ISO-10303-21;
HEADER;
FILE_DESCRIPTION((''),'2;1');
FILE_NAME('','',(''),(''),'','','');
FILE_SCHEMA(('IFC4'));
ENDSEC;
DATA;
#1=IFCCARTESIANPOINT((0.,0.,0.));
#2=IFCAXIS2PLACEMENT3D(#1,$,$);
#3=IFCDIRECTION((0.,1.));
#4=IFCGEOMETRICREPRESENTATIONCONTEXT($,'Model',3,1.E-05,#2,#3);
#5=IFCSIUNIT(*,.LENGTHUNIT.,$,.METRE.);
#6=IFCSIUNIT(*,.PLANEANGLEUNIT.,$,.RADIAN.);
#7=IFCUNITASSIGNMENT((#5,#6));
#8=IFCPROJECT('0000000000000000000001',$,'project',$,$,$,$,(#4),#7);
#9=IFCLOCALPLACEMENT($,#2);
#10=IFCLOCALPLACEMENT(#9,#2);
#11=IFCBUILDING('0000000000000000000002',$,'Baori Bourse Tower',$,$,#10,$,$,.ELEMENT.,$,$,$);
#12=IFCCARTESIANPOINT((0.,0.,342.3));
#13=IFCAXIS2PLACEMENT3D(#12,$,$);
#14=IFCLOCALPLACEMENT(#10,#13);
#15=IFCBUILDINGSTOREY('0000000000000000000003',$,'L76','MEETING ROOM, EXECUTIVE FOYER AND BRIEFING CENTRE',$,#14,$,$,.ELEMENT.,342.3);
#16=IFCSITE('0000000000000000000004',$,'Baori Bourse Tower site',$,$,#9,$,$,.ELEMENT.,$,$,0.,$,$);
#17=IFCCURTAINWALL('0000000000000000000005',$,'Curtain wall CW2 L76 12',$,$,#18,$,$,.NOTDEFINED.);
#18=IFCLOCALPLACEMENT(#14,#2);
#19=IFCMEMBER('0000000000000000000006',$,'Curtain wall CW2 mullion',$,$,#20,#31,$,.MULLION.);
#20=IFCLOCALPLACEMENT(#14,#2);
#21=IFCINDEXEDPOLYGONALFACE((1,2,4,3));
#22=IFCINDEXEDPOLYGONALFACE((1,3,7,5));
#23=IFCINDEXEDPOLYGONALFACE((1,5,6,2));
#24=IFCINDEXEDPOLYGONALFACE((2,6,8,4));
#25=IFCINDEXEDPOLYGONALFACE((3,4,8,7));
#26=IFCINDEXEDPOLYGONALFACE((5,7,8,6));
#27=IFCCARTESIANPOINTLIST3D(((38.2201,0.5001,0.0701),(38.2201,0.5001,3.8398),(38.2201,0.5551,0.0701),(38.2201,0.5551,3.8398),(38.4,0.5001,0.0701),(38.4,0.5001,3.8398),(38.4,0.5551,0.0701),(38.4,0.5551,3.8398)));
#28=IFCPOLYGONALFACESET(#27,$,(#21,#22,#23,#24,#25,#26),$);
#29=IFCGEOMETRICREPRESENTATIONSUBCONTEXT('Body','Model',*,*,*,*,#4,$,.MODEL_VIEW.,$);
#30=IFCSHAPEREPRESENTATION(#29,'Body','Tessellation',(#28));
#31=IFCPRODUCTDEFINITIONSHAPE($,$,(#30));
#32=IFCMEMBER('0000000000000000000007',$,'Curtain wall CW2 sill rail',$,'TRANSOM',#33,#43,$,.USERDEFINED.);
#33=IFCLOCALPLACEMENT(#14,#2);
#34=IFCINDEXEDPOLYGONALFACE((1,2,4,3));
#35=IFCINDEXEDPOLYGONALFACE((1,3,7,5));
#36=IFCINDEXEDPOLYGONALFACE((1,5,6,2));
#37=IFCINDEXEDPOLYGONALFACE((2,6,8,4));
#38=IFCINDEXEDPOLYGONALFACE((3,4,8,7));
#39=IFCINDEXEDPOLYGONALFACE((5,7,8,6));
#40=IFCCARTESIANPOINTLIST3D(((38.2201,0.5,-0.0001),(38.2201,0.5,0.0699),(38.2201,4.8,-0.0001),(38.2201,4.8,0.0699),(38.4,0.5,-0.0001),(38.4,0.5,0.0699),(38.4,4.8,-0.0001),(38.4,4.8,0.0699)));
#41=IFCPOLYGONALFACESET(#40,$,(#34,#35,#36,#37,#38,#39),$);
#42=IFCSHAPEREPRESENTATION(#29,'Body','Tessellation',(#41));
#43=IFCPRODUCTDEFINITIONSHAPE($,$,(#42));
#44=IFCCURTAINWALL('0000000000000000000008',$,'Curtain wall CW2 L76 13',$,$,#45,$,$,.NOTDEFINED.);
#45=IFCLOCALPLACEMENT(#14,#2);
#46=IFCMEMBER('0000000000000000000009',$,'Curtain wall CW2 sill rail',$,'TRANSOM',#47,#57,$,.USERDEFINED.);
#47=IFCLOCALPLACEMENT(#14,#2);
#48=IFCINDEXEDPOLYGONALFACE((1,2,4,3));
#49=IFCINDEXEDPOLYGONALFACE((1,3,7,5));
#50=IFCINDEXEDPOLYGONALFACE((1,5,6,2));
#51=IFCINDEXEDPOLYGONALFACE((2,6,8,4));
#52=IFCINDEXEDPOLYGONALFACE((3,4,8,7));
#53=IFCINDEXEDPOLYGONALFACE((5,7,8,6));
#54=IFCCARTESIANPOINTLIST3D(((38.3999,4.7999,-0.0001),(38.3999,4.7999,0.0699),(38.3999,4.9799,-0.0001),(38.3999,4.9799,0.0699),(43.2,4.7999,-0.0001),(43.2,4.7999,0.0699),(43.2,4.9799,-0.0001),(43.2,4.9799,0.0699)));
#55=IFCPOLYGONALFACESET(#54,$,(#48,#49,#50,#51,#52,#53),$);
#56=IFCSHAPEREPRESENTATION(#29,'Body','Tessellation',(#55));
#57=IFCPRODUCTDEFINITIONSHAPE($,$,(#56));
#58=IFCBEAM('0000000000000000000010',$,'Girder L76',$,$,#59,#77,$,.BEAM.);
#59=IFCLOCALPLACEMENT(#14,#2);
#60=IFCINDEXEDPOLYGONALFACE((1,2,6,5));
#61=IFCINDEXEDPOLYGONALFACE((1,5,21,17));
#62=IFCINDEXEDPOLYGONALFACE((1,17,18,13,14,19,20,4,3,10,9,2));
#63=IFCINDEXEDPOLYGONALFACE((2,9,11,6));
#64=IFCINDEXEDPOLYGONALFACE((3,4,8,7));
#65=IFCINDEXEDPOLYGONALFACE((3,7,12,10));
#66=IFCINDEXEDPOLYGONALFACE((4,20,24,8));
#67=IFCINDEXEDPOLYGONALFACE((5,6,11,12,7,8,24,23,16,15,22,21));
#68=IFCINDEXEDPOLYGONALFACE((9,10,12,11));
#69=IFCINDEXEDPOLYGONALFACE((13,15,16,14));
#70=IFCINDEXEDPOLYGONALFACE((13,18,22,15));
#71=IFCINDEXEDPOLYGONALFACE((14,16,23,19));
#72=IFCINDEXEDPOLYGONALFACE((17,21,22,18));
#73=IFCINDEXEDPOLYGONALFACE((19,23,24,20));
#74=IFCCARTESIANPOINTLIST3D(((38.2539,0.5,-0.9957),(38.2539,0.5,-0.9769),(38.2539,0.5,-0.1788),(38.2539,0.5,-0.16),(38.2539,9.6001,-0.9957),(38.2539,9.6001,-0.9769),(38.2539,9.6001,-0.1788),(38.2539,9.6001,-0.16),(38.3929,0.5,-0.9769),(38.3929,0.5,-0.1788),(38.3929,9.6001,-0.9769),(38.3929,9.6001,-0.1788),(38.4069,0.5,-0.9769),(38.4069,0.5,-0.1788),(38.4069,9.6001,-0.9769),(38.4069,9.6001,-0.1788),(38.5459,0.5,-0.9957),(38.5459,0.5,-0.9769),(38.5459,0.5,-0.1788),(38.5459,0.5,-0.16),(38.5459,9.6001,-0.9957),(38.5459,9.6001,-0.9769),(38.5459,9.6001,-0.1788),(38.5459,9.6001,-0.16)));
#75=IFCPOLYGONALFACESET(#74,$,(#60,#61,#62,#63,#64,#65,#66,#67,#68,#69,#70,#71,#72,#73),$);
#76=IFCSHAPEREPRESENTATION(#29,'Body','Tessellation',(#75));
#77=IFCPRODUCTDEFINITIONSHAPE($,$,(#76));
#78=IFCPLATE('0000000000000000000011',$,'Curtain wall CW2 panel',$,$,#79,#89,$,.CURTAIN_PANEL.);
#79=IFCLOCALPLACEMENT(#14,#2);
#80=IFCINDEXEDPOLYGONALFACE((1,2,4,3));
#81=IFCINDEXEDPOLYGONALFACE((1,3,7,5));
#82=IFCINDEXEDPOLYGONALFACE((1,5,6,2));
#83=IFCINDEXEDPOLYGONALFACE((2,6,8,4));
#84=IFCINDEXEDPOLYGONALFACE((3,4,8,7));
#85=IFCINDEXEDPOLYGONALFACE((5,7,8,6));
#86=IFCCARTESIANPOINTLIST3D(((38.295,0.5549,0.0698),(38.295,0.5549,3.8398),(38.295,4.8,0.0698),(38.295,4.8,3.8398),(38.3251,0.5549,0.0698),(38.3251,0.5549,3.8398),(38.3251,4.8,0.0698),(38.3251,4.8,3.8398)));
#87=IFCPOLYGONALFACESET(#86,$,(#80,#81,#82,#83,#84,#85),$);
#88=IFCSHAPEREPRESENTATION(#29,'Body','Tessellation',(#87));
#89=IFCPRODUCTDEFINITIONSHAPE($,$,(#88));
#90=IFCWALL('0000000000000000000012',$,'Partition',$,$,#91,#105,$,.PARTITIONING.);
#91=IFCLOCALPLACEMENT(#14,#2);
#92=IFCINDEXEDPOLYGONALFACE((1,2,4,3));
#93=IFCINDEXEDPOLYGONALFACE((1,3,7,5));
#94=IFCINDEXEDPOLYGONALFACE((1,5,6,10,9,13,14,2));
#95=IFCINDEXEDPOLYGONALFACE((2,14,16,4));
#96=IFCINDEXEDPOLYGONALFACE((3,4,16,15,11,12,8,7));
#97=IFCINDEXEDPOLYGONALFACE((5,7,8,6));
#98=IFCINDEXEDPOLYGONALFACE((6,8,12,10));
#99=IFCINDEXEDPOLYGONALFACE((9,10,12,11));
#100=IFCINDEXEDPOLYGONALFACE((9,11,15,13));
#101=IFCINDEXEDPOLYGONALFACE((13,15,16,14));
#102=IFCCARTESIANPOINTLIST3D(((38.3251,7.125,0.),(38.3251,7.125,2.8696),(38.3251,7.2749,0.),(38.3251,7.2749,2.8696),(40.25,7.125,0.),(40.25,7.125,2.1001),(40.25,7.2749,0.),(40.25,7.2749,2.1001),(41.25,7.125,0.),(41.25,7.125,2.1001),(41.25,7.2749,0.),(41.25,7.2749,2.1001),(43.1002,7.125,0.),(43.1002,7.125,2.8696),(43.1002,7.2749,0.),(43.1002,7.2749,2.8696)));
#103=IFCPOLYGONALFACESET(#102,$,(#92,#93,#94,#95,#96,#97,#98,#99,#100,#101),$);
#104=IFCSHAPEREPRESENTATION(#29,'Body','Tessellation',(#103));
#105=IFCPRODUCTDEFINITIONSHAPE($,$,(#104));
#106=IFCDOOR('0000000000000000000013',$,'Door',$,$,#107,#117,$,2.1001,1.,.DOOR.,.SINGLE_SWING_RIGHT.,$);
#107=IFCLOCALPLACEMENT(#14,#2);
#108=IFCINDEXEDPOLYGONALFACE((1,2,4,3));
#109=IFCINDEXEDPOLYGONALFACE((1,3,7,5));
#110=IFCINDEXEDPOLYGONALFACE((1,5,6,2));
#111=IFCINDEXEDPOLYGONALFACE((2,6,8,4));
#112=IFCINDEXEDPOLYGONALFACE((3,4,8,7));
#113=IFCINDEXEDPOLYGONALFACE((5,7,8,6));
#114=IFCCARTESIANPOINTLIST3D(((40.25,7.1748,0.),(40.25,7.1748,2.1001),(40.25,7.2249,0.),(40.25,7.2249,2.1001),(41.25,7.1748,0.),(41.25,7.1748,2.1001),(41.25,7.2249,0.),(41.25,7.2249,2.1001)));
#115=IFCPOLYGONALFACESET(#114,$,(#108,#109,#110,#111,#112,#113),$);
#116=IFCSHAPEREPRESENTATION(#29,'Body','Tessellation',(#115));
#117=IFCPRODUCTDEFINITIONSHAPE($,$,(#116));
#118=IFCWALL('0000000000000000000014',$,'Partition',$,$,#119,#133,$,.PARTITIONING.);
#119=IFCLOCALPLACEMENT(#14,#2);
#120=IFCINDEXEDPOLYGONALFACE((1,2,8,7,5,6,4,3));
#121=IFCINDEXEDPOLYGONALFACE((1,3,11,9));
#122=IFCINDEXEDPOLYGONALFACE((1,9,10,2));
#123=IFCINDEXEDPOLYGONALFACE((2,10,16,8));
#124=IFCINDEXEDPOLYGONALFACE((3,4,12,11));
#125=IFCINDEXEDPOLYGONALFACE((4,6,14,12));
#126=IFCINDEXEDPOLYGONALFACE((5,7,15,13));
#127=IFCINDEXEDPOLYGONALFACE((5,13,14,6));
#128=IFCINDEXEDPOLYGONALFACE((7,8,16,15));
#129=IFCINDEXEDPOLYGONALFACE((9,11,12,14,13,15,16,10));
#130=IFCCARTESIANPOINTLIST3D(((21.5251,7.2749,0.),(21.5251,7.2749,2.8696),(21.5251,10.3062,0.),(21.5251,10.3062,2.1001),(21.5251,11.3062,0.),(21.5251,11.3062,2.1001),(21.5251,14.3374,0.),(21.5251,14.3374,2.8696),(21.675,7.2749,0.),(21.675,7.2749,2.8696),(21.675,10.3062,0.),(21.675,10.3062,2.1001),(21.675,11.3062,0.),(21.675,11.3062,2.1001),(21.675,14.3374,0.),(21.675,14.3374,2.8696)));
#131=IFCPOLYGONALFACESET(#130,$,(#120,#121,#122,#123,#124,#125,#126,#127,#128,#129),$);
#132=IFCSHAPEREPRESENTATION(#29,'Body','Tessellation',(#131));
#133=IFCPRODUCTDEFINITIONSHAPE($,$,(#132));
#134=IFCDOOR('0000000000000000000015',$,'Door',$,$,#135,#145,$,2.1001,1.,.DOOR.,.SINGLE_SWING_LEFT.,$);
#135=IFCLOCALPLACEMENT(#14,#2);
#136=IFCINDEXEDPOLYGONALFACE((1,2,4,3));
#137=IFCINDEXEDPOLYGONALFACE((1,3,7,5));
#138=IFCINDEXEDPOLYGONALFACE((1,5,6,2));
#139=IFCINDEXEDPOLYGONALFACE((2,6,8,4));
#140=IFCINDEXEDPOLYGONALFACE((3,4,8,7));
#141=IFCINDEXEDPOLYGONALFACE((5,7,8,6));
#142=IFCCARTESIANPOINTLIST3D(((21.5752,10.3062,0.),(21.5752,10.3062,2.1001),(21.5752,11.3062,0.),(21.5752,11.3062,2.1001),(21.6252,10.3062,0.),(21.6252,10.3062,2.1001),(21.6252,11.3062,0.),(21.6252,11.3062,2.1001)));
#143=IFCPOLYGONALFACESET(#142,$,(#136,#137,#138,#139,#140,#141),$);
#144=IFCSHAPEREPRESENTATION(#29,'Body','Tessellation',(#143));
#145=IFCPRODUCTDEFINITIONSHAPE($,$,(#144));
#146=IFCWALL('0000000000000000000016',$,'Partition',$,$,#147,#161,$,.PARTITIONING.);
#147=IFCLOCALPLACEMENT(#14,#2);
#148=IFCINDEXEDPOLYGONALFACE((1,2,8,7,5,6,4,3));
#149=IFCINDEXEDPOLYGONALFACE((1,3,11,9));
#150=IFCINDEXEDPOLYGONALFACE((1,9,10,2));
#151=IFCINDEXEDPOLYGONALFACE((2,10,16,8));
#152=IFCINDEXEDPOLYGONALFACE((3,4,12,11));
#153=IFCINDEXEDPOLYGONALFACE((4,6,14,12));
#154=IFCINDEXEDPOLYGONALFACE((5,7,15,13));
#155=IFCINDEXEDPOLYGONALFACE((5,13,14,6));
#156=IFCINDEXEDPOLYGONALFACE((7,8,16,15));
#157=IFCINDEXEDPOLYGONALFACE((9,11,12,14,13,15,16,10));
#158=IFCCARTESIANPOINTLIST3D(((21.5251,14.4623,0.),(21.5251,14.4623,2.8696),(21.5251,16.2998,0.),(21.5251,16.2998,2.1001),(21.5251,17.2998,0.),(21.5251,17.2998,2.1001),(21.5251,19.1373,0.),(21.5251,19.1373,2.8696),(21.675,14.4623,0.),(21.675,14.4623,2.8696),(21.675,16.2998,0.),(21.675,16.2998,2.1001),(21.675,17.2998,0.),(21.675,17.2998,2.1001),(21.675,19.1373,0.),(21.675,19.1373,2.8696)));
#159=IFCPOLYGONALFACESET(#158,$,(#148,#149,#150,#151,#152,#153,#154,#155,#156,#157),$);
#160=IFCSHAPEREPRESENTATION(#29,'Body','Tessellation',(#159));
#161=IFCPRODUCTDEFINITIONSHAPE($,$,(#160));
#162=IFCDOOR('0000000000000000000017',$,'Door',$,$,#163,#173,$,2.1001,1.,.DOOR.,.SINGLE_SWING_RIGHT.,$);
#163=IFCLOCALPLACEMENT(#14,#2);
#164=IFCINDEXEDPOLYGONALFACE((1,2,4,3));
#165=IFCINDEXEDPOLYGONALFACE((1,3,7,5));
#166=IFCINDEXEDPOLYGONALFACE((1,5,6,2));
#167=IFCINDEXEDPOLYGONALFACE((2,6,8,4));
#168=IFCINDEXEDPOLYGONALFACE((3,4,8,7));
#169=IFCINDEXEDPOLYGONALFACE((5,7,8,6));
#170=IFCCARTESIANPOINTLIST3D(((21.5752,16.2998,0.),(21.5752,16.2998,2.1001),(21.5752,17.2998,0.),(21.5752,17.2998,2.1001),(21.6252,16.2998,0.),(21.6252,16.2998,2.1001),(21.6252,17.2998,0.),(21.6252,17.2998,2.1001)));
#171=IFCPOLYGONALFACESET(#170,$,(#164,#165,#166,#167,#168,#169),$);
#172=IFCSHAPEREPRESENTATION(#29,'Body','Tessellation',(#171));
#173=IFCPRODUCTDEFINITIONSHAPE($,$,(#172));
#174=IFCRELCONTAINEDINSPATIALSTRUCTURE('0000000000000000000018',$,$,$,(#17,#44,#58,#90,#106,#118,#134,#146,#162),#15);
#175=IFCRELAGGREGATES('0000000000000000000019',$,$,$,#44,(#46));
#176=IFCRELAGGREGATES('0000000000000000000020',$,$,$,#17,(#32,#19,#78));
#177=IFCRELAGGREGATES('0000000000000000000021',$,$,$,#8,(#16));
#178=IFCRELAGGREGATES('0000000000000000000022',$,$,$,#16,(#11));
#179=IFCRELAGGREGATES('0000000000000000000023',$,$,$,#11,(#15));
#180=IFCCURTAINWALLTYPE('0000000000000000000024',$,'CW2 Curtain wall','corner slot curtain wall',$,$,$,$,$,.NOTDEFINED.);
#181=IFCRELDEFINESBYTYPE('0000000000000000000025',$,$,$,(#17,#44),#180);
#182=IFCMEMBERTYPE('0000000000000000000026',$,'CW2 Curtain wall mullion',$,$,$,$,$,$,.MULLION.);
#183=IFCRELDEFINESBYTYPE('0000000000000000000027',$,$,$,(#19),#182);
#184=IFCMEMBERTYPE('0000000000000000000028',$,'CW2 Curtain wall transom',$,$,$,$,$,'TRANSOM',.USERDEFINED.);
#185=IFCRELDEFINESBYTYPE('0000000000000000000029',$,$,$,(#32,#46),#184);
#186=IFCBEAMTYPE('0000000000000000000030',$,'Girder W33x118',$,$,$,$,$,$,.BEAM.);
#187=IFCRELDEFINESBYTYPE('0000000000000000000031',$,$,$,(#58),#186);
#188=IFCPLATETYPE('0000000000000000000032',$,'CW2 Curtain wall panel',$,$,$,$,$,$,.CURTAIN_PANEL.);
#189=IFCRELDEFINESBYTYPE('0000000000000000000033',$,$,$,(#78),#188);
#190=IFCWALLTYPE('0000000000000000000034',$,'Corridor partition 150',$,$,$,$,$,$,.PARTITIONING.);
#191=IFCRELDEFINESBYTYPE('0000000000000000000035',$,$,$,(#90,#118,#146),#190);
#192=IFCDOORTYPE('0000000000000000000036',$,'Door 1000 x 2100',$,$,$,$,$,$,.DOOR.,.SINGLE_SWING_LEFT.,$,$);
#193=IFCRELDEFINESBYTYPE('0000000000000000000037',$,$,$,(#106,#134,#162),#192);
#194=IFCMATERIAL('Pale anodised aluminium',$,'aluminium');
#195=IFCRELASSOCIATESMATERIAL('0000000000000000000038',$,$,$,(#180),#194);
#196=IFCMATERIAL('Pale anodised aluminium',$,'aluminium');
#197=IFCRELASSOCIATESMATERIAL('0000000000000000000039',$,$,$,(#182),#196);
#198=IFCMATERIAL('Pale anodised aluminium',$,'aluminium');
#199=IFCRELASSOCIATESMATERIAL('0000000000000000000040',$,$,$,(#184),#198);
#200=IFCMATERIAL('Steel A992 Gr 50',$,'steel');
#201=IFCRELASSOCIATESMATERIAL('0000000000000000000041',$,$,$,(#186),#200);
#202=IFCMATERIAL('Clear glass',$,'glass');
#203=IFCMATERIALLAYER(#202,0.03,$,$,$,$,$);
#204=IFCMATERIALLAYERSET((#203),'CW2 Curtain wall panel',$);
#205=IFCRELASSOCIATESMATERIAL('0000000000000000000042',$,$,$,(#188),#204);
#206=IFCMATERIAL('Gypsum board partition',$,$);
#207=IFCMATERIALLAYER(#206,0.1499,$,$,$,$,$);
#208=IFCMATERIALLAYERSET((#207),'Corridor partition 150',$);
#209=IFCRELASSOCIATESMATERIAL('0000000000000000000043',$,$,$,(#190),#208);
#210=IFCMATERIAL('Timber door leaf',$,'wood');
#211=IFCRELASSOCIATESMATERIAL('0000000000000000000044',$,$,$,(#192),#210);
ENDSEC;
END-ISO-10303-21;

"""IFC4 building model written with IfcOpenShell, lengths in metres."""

from ifc_helpers import new_model, si_unit, direction, frame, frame_2d, origin, origin_2d, place, context, subcontext, project, spatial, rectangle, i_section, extrude, material, layer, layer_set, material_profile, profile_set, type_object, element, fill, aggregate, save


model = new_model("IFC4")

# Units and contexts
model_context = context("Model", 3, precision=1e-05, world=origin(), true_north=direction((0.0, 1.0)))
body_context = subcontext(model_context, "Body", "Model", "MODEL_VIEW")
ifc_project = project(units=[si_unit("LENGTHUNIT", "METRE"), si_unit("PLANEANGLEUNIT", "RADIAN")], contexts=[model_context])

# Site, building, storey
site_placement = place(None, origin())
site = spatial("IfcSite", under=ifc_project, at=site_placement, Name="Baori Bourse Tower site", CompositionType="ELEMENT", RefElevation=0.0)
building_placement = place(site_placement, origin())
building = spatial("IfcBuilding", under=site, at=building_placement, Name="Baori Bourse Tower", CompositionType="ELEMENT")
storey_placement = place(building_placement, frame((0.0, 0.0, 342.3)))
storey = spatial("IfcBuildingStorey", under=building, at=storey_placement, Name="L76", Description="MEETING ROOM, EXECUTIVE FOYER AND BRIEFING CENTRE", CompositionType="ELEMENT", Elevation=342.3)

# Curtain wall, members
ifc_material_1 = material(Name="Pale anodised aluminium", Category="aluminium")
curtain_wall_type = type_object("IfcCurtainWallType", Name="CW2 Curtain wall", Description="corner slot curtain wall", PredefinedType="NOTDEFINED", material=ifc_material_1)
curtain_wall_1_placement = place(storey_placement, origin())
curtain_wall_1 = element("IfcCurtainWall", 1, at=curtain_wall_1_placement, inside=storey, type_object=curtain_wall_type, Name="Curtain wall CW2 L76 12", PredefinedType="NOTDEFINED")
ifc_material_2 = material(Name="Pale anodised aluminium", Category="aluminium")
ifc_material_profile_1 = material_profile(ifc_material_2, rectangle(XDim=0.1799, YDim=0.0549, at=origin_2d()), Name="Mullion 55x180")
ifc_profile_set_1 = profile_set([ifc_material_profile_1], Name="Pale anodised aluminium")
member_type_1 = type_object("IfcMemberType", Name="CW2 Curtain wall mullion", PredefinedType="MULLION", material=ifc_profile_set_1)
member_1_placement = place(storey_placement, frame((38.3101, 0.5276, 0.0701), z_axis=(0.0, 0.0, 1.0), x_axis=(-1.0, 0.0, 0.0)))
member_1 = element("IfcMember", 2, at=member_1_placement, type_object=member_type_1, Name="Curtain wall CW2 mullion", PredefinedType="MULLION", context=body_context, shape_type="SweptSolid", body=[
    extrude(rectangle(XDim=0.1799, YDim=0.0549, at=origin_2d()), origin(), (0.0, 0.0, 1.0), 3.7698),
])
ifc_material_3 = material(Name="Pale anodised aluminium", Category="aluminium")
ifc_material_profile_2 = material_profile(ifc_material_3, rectangle(XDim=0.1799, YDim=0.0701, at=origin_2d()), Name="Transom 70x180")
ifc_profile_set_2 = profile_set([ifc_material_profile_2], Name="Pale anodised aluminium")
member_type_2 = type_object("IfcMemberType", Name="CW2 Curtain wall transom", ElementType="TRANSOM", PredefinedType="USERDEFINED", material=ifc_profile_set_2)
member_2_placement = place(storey_placement, frame((38.3101, 0.5, 0.0349), z_axis=(0.0, 1.0, 0.0), x_axis=(-1.0, 0.0, 0.0)))
member_2 = element("IfcMember", 3, at=member_2_placement, type_object=member_type_2, Name="Curtain wall CW2 sill rail", ObjectType="TRANSOM", PredefinedType="USERDEFINED", context=body_context, shape_type="SweptSolid", body=[
    extrude(rectangle(XDim=0.1799, YDim=0.0701, at=origin_2d()), origin(), (0.0, 0.0, 1.0), 4.3),
])

# Curtain wall, member
curtain_wall_2_placement = place(storey_placement, origin())
curtain_wall_2 = element("IfcCurtainWall", 4, at=curtain_wall_2_placement, inside=storey, type_object=curtain_wall_type, Name="Curtain wall CW2 L76 13", PredefinedType="NOTDEFINED")
member_3_placement = place(storey_placement, frame((38.3999, 4.8899, 0.0349), z_axis=(1.0, 0.0, 0.0), x_axis=(0.0, 1.0, 0.0)))
member_3 = element("IfcMember", 5, at=member_3_placement, type_object=member_type_2, Name="Curtain wall CW2 sill rail", ObjectType="TRANSOM", PredefinedType="USERDEFINED", context=body_context, shape_type="SweptSolid", body=[
    extrude(rectangle(XDim=0.1799, YDim=0.0701, at=origin_2d()), origin(), (0.0, 0.0, 1.0), 4.8),
])
aggregate(curtain_wall_2, [member_3])

# Beam
ifc_material_4 = material(Name="Steel A992 Gr 50", Category="steel")
ifc_material_profile_3 = material_profile(ifc_material_4, i_section(OverallWidth=0.292, OverallDepth=0.8357, WebThickness=0.0139, FlangeThickness=0.0188, at=origin_2d()), Name="W33x118")
ifc_profile_set_3 = profile_set([ifc_material_profile_3], Name="Steel A992 Gr 50")
beam_type = type_object("IfcBeamType", Name="Girder W33x118", PredefinedType="BEAM", material=ifc_profile_set_3)
beam_placement = place(storey_placement, frame((38.3999, 0.5, -0.5779), z_axis=(0.0, 1.0, 0.0), x_axis=(-1.0, 0.0, 0.0)))
element("IfcBeam", 6, at=beam_placement, inside=storey, type_object=beam_type, Name="Girder L76", PredefinedType="BEAM", context=body_context, shape_type="SweptSolid", body=[
    extrude(i_section(OverallWidth=0.292, OverallDepth=0.8357, WebThickness=0.0139, FlangeThickness=0.0188, at=origin_2d()), origin(), (0.0, 0.0, 1.0), 9.1001),
])

# Plate
ifc_material_5 = material(Name="Clear glass", Category="glass")
ifc_layer_1 = layer(ifc_material_5, 0.03)
ifc_layer_set_1 = layer_set([ifc_layer_1], Name="CW2 Curtain wall panel")
plate_type = type_object("IfcPlateType", Name="CW2 Curtain wall panel", PredefinedType="CURTAIN_PANEL", material=ifc_layer_set_1)
plate_placement = place(storey_placement, frame((38.3101, 2.6775, 0.0698), z_axis=(0.0, 0.0, 1.0), x_axis=(0.0, 1.0, 0.0)))
plate = element("IfcPlate", 7, at=plate_placement, type_object=plate_type, Name="Curtain wall CW2 panel", PredefinedType="CURTAIN_PANEL", context=body_context, shape_type="SweptSolid", body=[
    extrude(rectangle(XDim=4.2451, YDim=0.03, at=origin_2d()), origin(), (0.0, 0.0, 1.0), 3.77),
])
aggregate(curtain_wall_1, [member_2, member_1, plate])

# Walls, openings, doors
ifc_material_6 = material(Name="Gypsum board partition")
ifc_layer_2 = layer(ifc_material_6, 0.1499)
ifc_layer_set_2 = layer_set([ifc_layer_2], Name="Corridor partition 150")
wall_type_1 = type_object("IfcWallType", Name="Corridor partition 150", PredefinedType="PARTITIONING", material=ifc_layer_set_2)
wall_1_placement = place(storey_placement, frame((38.325, 7.2, 0.0), z_axis=(0.0, 0.0, 1.0), x_axis=(1.0, 0.0, 0.0)))
wall_1 = element("IfcWall", 8, at=wall_1_placement, inside=storey, type_object=wall_type_1, Name="Partition", PredefinedType="PARTITIONING", context=body_context, shape_type="SweptSolid", body=[
    extrude(rectangle(XDim=4.7751, YDim=0.1499, at=frame_2d((2.3877, 0.0))), origin(), (0.0, 0.0, 1.0), 2.8696),
])
opening_1_placement = place(wall_1_placement, frame((1.925, 0.0, 0.0)))
opening_1 = element("IfcOpeningElement", 9, at=opening_1_placement, cuts=wall_1, PredefinedType="OPENING", context=body_context, shape_type="SweptSolid", body=[
    extrude(rectangle(XDim=1.0, YDim=2.1001, at=frame_2d((0.5, 1.05))), frame((0.0, 0.085, 0.0), z_axis=(0.0, -1.0, 0.0), x_axis=(1.0, 0.0, 0.0)), (0.0, 0.0, 1.0), 0.1699),
])
ifc_material_7 = material(Name="Timber door leaf", Category="wood")
door_type = type_object("IfcDoorType", Name="Door 1000 x 2100", OperationType="SINGLE_SWING_LEFT", PredefinedType="DOOR", material=ifc_material_7)
door_1_placement = place(opening_1_placement, origin())
door_1 = element("IfcDoor", 10, at=door_1_placement, inside=storey, type_object=door_type, Name="Door", OperationType="SINGLE_SWING_RIGHT", OverallHeight=2.1001, OverallWidth=1.0, PredefinedType="DOOR", context=body_context, shape_type="SweptSolid", body=[
    extrude(rectangle(XDim=1.0, YDim=2.1001, at=frame_2d((0.5, 1.05))), frame((0.0, 0.0249, 0.0), z_axis=(0.0, -1.0, 0.0), x_axis=(1.0, 0.0, 0.0)), (0.0, 0.0, 1.0), 0.05),
])
fill(opening_1, door_1)
wall_2_placement = place(storey_placement, frame((21.6001, 7.2749, 0.0), z_axis=(0.0, 0.0, 1.0), x_axis=(0.0, 1.0, 0.0)))
wall_2 = element("IfcWall", 11, at=wall_2_placement, inside=storey, type_object=wall_type_1, Name="Partition", PredefinedType="PARTITIONING", context=body_context, shape_type="SweptSolid", body=[
    extrude(rectangle(XDim=7.0625, YDim=0.1499, at=frame_2d((3.5312, 0.0))), origin(), (0.0, 0.0, 1.0), 2.8696),
])
opening_2_placement = place(wall_2_placement, frame((3.0312, 0.0, 0.0)))
opening_2 = element("IfcOpeningElement", 12, at=opening_2_placement, cuts=wall_2, PredefinedType="OPENING", context=body_context, shape_type="SweptSolid", body=[
    extrude(rectangle(XDim=1.0, YDim=2.1001, at=frame_2d((0.5, 1.05))), frame((0.0, 0.085, 0.0), z_axis=(0.0, -1.0, 0.0), x_axis=(1.0, 0.0, 0.0)), (0.0, 0.0, 1.0), 0.1699),
])
door_2_placement = place(opening_2_placement, origin())
door_2 = element("IfcDoor", 13, at=door_2_placement, inside=storey, type_object=door_type, Name="Door", OperationType="SINGLE_SWING_LEFT", OverallHeight=2.1001, OverallWidth=1.0, PredefinedType="DOOR", context=body_context, shape_type="SweptSolid", body=[
    extrude(rectangle(XDim=1.0, YDim=2.1001, at=frame_2d((0.5, 1.05))), frame((0.0, 0.0249, 0.0), z_axis=(0.0, -1.0, 0.0), x_axis=(1.0, 0.0, 0.0)), (0.0, 0.0, 1.0), 0.05),
])
fill(opening_2, door_2)
wall_3_placement = place(storey_placement, frame((21.6001, 14.4624, 0.0), z_axis=(0.0, 0.0, 1.0), x_axis=(0.0, 1.0, 0.0)))
wall_3 = element("IfcWall", 14, at=wall_3_placement, inside=storey, type_object=wall_type_1, Name="Partition", PredefinedType="PARTITIONING", context=body_context, shape_type="SweptSolid", body=[
    extrude(rectangle(XDim=4.675, YDim=0.1499, at=frame_2d((2.3374, 0.0))), origin(), (0.0, 0.0, 1.0), 2.8696),
])
opening_3_placement = place(wall_3_placement, frame((1.8374, 0.0, 0.0)))
opening_3 = element("IfcOpeningElement", 15, at=opening_3_placement, cuts=wall_3, PredefinedType="OPENING", context=body_context, shape_type="SweptSolid", body=[
    extrude(rectangle(XDim=1.0, YDim=2.1001, at=frame_2d((0.5, 1.05))), frame((0.0, 0.085, 0.0), z_axis=(0.0, -1.0, 0.0), x_axis=(1.0, 0.0, 0.0)), (0.0, 0.0, 1.0), 0.1699),
])
door_3_placement = place(opening_3_placement, origin())
door_3 = element("IfcDoor", 16, at=door_3_placement, inside=storey, type_object=door_type, Name="Door", OperationType="SINGLE_SWING_RIGHT", OverallHeight=2.1001, OverallWidth=1.0, PredefinedType="DOOR", context=body_context, shape_type="SweptSolid", body=[
    extrude(rectangle(XDim=1.0, YDim=2.1001, at=frame_2d((0.5, 1.05))), frame((0.0, 0.0249, 0.0), z_axis=(0.0, -1.0, 0.0), x_axis=(1.0, 0.0, 0.0)), (0.0, 0.0, 1.0), 0.05),
])
fill(opening_3, door_3)

save(model, "model.ifc")
